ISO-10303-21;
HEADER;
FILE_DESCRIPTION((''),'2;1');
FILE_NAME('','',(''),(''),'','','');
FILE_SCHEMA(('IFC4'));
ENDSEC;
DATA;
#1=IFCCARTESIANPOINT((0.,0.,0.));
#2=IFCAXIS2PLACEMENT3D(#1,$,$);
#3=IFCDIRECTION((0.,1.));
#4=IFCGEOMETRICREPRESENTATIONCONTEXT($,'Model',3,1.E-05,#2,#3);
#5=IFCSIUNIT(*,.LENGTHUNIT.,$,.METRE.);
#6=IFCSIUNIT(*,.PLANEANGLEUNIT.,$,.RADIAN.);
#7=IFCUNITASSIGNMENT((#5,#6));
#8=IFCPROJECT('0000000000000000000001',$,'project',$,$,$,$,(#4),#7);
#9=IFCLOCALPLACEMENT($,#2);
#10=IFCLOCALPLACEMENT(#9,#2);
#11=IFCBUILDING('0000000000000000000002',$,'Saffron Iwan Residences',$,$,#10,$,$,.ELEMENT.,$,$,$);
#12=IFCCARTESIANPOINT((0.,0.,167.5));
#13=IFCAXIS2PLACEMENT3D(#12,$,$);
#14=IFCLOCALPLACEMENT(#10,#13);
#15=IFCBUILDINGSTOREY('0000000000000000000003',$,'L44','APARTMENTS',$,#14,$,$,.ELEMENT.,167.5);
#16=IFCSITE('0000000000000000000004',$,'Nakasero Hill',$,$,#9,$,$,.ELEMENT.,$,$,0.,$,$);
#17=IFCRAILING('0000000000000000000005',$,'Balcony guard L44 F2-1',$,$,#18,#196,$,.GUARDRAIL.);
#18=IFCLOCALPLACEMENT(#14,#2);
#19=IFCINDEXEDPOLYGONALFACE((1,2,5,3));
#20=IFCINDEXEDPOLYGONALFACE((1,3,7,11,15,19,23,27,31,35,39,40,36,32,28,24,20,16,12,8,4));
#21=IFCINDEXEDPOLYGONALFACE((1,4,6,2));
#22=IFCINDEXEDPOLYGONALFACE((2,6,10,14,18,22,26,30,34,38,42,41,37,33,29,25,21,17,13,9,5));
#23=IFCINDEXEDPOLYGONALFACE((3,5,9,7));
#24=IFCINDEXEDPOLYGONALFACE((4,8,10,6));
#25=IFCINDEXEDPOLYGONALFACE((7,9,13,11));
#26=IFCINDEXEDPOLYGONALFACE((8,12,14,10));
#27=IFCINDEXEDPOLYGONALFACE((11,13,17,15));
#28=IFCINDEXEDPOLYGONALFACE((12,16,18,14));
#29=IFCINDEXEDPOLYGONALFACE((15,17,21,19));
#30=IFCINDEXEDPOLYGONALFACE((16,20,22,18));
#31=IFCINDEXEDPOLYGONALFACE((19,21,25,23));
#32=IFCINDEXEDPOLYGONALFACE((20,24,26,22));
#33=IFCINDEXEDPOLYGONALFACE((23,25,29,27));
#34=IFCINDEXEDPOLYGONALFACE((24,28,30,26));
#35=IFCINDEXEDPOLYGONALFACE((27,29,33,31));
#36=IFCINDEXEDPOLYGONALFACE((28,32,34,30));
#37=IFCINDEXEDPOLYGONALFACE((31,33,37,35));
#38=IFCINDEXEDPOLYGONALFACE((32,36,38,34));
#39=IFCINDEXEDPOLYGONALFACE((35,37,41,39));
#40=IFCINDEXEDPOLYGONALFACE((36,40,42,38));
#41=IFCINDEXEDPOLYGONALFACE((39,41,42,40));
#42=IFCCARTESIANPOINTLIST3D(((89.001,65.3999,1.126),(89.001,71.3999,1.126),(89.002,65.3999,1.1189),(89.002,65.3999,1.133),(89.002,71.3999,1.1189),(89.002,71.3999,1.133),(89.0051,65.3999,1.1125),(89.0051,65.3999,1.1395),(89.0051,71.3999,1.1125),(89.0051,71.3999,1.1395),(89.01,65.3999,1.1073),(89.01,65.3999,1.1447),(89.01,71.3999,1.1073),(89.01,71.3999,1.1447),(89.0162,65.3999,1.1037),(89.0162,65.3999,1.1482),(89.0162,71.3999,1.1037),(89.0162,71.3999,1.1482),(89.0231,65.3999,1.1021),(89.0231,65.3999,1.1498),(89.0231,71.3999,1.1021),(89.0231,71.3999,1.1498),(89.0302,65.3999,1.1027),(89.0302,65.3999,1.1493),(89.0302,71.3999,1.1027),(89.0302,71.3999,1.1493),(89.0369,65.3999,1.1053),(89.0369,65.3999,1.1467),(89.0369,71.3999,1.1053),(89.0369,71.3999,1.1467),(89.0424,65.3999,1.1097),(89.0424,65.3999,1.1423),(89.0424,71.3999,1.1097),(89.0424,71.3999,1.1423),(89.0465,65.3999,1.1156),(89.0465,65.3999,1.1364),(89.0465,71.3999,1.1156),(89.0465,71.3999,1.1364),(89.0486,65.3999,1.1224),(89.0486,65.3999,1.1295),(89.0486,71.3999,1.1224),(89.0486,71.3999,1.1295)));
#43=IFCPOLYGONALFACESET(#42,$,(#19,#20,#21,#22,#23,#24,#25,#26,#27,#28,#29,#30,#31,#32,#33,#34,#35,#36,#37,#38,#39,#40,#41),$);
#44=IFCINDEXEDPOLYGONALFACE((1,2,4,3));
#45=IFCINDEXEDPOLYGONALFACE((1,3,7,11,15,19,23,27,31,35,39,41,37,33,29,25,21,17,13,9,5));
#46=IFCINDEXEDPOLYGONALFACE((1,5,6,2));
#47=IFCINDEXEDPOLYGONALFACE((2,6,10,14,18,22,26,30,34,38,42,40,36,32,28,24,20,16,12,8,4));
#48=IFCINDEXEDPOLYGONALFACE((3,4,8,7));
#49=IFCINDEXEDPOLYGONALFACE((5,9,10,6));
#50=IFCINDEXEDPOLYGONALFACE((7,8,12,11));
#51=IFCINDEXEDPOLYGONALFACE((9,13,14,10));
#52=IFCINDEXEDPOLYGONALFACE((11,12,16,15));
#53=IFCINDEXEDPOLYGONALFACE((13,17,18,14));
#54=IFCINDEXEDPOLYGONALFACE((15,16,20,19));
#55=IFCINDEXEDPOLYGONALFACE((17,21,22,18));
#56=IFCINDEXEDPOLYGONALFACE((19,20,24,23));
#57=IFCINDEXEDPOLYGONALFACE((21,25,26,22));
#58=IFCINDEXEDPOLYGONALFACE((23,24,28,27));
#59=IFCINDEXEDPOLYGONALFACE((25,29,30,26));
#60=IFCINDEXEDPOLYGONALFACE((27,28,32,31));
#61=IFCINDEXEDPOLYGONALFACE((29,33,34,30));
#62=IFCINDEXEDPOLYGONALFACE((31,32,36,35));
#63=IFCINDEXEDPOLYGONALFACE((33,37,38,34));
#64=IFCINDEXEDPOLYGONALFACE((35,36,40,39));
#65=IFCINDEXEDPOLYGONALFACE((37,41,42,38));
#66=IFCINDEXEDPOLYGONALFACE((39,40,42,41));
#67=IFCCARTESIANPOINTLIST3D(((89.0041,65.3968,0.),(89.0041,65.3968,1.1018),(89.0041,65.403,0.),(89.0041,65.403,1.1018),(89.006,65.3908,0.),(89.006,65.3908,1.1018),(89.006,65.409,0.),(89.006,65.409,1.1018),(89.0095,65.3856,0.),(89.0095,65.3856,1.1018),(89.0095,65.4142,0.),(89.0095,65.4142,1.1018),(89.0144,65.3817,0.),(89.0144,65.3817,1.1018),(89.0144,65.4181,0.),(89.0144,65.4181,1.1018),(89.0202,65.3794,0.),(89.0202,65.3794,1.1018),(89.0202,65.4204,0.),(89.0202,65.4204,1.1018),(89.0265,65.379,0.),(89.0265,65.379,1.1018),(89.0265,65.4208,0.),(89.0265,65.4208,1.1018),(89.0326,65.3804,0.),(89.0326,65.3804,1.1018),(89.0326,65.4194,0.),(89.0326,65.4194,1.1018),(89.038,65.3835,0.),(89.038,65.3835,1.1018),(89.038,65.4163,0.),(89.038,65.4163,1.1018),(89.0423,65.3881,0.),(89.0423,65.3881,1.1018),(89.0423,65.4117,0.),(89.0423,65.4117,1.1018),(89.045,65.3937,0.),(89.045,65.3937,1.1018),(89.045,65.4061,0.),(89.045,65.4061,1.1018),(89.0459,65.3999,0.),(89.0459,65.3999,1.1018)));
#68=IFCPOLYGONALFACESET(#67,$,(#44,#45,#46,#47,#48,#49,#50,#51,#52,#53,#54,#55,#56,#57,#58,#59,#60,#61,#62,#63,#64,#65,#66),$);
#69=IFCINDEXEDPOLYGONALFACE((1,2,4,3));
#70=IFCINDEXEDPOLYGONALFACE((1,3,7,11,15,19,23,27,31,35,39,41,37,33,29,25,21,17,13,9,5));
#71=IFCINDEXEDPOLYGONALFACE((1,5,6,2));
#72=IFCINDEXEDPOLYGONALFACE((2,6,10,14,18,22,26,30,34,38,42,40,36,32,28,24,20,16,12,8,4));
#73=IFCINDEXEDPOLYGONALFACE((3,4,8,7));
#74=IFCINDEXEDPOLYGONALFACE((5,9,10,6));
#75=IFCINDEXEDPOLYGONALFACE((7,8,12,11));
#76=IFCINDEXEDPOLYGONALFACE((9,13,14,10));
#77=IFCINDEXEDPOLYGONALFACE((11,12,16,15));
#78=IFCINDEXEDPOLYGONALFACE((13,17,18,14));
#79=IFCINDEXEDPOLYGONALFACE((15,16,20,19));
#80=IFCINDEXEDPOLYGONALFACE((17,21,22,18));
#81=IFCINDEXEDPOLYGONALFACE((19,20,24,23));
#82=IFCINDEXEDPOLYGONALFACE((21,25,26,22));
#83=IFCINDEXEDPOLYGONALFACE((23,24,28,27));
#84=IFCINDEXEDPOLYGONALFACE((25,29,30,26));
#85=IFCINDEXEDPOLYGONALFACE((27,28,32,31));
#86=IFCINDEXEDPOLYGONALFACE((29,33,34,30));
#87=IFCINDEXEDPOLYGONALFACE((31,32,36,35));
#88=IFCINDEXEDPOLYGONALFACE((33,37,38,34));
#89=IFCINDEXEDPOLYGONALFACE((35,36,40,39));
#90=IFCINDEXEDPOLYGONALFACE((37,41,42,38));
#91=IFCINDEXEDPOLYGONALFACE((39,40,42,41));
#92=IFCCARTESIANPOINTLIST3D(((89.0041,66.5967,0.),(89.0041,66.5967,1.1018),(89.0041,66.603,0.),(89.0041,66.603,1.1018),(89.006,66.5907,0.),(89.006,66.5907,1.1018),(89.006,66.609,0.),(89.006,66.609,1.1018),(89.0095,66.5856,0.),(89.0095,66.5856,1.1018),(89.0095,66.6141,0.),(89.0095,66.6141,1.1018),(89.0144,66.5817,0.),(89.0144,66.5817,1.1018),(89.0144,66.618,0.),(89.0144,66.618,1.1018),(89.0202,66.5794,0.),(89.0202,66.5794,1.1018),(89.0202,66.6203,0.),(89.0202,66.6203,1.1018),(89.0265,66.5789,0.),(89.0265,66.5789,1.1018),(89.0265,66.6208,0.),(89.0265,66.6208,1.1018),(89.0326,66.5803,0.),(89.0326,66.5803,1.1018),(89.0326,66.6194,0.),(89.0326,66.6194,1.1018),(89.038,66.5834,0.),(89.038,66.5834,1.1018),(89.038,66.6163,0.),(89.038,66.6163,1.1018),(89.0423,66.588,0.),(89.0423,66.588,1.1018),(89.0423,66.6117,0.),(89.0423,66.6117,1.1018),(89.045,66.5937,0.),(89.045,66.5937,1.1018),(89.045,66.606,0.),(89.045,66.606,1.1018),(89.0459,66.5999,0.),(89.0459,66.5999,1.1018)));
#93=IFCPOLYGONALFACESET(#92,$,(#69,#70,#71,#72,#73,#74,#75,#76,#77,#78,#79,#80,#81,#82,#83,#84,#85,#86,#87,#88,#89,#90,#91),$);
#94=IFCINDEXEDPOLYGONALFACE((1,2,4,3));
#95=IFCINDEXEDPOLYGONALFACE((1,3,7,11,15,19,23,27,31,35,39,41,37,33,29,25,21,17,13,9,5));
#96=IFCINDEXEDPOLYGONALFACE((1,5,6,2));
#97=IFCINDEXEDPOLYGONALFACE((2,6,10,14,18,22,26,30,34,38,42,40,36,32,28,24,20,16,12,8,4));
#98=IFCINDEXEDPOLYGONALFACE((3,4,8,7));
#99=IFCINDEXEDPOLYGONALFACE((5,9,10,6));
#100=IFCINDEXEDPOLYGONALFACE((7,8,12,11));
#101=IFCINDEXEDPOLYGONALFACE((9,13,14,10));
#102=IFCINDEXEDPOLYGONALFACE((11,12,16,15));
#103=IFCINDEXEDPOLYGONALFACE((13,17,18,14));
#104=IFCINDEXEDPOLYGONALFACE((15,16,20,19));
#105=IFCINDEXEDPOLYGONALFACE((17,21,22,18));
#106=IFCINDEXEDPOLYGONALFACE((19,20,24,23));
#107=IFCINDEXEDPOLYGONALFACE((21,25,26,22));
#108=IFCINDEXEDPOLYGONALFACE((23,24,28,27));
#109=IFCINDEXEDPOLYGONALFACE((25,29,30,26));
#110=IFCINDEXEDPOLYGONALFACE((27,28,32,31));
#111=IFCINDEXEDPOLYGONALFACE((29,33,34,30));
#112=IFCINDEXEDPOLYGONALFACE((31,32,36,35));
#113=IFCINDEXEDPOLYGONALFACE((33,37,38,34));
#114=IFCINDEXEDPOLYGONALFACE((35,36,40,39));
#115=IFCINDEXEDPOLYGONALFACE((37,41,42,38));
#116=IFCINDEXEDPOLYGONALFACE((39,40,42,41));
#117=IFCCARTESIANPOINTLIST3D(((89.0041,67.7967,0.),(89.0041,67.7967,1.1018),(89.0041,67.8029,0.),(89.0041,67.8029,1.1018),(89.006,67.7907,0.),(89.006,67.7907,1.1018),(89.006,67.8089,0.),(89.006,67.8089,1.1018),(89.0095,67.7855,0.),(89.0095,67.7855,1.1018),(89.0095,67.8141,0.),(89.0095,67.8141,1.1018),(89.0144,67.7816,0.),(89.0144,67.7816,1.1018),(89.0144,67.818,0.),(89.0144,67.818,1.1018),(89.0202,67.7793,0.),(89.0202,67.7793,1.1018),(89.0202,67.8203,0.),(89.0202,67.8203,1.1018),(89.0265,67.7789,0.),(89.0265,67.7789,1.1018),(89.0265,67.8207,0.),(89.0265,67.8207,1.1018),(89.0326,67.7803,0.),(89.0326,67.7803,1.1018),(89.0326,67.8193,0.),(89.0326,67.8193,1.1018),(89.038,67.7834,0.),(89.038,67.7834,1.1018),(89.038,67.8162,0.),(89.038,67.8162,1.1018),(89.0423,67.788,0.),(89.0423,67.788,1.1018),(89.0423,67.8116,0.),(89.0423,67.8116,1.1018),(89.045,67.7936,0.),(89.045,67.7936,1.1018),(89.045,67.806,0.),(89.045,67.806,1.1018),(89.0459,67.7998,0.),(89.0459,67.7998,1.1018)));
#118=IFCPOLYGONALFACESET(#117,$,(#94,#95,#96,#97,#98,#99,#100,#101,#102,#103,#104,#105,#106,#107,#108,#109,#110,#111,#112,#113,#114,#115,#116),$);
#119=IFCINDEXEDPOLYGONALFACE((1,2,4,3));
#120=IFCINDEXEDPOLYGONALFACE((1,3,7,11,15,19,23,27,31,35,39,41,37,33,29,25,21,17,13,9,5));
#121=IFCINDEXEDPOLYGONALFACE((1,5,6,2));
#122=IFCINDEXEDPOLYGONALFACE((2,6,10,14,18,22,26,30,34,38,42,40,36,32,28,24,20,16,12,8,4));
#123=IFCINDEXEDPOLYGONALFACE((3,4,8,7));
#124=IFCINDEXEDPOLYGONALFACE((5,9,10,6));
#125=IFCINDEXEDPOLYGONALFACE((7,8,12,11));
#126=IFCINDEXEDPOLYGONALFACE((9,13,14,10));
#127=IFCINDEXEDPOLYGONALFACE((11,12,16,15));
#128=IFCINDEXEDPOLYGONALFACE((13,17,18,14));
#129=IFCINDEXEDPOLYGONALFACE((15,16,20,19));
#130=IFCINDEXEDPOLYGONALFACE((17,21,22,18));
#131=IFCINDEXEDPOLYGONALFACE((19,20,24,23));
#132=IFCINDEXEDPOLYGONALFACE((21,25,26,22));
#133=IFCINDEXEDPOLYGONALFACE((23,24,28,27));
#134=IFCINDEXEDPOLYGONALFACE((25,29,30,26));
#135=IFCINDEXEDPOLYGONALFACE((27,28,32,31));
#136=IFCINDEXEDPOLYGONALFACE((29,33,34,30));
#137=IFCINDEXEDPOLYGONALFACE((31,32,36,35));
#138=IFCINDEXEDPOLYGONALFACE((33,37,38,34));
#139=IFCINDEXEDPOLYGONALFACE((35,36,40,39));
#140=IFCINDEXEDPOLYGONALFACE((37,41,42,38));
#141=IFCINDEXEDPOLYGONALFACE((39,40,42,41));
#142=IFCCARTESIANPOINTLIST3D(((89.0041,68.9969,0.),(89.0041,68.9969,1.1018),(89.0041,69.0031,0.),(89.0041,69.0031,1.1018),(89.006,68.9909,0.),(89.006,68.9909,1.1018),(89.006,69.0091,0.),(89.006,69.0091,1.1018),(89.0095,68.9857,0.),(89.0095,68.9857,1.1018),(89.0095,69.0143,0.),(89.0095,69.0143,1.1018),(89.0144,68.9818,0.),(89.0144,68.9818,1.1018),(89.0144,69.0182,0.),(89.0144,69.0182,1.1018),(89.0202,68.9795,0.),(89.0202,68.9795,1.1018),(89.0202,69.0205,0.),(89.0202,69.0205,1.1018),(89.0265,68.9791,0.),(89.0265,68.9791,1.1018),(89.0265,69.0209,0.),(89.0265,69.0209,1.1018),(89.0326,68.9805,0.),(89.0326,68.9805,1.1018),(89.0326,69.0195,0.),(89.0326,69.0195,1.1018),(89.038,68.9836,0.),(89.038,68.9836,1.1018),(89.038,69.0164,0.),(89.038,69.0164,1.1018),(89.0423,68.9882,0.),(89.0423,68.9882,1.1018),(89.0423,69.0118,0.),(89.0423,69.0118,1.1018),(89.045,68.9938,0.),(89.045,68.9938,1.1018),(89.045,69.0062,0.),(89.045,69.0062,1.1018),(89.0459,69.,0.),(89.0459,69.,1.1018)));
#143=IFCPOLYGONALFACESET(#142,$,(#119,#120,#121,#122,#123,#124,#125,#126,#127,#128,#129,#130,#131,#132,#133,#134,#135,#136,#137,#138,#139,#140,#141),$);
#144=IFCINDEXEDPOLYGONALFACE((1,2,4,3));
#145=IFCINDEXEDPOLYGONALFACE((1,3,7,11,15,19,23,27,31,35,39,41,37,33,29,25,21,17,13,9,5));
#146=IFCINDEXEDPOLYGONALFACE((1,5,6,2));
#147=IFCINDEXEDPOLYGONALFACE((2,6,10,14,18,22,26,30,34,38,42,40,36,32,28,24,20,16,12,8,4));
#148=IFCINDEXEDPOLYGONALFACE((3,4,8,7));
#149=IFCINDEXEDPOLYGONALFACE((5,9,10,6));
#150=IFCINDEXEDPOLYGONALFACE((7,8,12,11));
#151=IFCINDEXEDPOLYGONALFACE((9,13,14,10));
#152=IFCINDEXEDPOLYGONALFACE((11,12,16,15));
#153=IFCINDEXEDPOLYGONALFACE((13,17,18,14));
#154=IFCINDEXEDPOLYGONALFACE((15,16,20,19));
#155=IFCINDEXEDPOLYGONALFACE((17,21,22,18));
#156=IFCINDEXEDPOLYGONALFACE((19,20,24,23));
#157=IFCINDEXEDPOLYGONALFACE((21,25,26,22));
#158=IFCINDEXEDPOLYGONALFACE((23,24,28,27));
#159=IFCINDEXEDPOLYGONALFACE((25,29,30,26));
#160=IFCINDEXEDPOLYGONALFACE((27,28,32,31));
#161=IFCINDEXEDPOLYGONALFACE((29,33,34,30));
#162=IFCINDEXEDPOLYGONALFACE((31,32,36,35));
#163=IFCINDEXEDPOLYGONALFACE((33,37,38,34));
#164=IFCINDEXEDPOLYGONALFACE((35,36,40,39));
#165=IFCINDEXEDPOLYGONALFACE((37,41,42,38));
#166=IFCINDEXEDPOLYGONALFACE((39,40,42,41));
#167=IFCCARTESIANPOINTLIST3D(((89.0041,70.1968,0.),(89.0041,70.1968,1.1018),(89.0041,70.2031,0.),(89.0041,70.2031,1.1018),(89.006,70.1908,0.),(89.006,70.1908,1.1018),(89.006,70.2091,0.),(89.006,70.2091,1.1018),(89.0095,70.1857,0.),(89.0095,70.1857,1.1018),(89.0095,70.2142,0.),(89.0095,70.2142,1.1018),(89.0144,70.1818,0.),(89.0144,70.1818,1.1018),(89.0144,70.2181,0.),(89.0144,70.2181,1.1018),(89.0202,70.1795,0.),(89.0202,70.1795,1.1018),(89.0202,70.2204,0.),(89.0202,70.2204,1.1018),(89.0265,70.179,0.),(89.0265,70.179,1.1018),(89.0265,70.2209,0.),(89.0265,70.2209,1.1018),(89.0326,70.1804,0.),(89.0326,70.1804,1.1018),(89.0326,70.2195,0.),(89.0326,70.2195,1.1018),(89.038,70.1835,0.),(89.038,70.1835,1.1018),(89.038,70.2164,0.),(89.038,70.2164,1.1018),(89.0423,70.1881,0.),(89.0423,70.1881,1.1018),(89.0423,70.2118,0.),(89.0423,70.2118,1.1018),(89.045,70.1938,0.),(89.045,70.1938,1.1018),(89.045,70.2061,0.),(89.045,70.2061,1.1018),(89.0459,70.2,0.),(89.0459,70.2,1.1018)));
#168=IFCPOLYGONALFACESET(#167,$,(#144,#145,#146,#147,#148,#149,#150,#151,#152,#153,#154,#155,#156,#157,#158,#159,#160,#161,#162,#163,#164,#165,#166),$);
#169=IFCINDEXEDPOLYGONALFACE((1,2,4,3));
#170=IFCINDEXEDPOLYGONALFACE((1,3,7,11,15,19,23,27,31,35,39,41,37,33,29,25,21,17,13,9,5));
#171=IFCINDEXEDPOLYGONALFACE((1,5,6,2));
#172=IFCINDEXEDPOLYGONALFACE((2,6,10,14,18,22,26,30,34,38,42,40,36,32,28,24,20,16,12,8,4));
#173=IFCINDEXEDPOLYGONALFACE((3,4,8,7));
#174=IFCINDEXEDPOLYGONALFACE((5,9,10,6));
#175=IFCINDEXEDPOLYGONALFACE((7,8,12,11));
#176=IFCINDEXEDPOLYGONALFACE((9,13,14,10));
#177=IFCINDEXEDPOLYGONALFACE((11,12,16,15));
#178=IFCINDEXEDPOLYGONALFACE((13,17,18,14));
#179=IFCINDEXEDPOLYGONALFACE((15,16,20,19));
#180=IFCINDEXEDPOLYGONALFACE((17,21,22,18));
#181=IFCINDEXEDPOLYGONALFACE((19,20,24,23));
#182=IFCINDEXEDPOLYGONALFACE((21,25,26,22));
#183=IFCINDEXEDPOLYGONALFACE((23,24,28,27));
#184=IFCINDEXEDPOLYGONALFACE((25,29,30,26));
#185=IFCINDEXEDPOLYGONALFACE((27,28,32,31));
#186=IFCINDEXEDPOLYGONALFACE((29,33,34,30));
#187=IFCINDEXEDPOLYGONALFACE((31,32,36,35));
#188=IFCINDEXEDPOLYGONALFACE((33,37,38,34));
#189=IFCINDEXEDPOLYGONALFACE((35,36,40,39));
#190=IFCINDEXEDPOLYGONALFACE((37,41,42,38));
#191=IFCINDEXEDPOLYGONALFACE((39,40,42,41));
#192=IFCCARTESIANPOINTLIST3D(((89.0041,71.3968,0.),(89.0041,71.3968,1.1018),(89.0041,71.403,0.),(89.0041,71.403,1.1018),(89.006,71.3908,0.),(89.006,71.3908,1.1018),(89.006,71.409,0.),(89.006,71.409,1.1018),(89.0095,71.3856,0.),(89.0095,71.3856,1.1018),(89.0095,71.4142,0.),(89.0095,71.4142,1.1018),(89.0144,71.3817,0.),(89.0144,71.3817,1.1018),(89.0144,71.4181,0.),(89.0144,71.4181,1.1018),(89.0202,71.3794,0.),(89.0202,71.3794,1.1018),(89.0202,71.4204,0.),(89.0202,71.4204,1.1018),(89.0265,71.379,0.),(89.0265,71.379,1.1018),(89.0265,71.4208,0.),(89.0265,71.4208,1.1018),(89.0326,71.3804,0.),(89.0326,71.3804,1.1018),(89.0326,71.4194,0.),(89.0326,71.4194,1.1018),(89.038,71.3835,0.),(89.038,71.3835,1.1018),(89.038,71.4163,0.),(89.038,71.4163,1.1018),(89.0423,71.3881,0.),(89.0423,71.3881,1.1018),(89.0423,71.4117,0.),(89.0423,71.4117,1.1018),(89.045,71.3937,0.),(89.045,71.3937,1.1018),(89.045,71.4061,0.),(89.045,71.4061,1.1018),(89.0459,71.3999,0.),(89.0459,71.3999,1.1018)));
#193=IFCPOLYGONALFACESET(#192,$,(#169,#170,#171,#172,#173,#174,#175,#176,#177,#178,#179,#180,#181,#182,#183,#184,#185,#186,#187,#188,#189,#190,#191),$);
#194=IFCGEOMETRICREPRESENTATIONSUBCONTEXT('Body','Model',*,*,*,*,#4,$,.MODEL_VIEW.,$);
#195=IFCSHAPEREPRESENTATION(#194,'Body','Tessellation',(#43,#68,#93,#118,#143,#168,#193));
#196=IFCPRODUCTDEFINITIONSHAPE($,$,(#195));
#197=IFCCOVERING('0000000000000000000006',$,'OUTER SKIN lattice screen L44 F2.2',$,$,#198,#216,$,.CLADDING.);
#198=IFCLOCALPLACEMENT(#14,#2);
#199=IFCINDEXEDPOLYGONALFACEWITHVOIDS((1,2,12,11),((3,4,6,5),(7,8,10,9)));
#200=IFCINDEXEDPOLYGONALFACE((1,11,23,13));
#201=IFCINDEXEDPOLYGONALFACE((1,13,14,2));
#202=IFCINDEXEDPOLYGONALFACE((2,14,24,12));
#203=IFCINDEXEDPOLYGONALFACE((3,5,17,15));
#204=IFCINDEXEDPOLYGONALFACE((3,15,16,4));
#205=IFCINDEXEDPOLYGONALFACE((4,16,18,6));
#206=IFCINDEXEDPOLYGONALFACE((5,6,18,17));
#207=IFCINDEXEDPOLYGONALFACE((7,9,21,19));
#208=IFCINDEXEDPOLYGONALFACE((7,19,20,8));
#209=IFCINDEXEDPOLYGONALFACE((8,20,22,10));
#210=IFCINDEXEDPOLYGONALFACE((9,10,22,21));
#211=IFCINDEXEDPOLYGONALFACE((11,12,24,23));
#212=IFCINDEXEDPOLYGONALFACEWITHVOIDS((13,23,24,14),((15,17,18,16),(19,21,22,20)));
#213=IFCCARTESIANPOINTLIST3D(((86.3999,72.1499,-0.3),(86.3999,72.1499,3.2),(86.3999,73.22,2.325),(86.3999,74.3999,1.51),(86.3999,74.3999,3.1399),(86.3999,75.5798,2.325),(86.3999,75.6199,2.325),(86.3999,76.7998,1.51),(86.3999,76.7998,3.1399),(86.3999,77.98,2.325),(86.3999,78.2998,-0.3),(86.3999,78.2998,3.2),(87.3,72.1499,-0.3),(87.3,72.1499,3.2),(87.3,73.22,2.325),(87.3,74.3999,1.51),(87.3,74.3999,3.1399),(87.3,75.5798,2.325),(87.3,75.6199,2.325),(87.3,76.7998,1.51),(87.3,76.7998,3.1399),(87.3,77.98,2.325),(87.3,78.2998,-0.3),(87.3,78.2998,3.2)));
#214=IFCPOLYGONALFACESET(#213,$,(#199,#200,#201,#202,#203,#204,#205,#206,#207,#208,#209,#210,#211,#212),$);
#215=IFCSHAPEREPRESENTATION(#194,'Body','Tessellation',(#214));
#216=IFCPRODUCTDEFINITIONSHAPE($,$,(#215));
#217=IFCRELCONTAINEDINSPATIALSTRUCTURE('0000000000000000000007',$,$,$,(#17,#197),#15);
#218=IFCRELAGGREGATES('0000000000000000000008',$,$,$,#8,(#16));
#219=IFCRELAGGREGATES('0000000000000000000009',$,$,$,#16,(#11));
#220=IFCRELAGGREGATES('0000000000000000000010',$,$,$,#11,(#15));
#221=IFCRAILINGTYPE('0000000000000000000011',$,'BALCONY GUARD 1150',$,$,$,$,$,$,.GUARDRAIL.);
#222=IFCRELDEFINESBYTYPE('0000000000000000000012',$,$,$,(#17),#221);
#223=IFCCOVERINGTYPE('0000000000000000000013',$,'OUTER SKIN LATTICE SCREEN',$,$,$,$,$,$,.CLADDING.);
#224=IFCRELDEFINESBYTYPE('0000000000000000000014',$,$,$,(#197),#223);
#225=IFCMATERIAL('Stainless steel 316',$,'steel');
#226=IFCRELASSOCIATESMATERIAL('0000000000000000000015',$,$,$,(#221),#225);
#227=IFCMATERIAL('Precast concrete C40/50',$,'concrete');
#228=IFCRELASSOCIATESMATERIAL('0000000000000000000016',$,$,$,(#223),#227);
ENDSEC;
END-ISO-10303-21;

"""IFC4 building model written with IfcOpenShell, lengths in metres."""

from ifc_helpers import new_model, si_unit, direction, frame, origin, origin_2d, place, context, subcontext, project, spatial, polyline, circle, outline, extrude, material, type_object, element, save


model = new_model("IFC4")

# Units and contexts
model_context = context("Model", 3, precision=1e-05, world=origin(), true_north=direction((0.0, 1.0)))
body_context = subcontext(model_context, "Body", "Model", "MODEL_VIEW")
ifc_project = project(units=[si_unit("LENGTHUNIT", "METRE"), si_unit("PLANEANGLEUNIT", "RADIAN")], contexts=[model_context])

# Site, building, storey
site_placement = place(None, origin())
site = spatial("IfcSite", under=ifc_project, at=site_placement, Name="Nakasero Hill", CompositionType="ELEMENT", RefElevation=0.0)
building_placement = place(site_placement, origin())
building = spatial("IfcBuilding", under=site, at=building_placement, Name="Saffron Iwan Residences", CompositionType="ELEMENT")
storey_placement = place(building_placement, frame((0.0, 0.0, 167.5)))
storey = spatial("IfcBuildingStorey", under=building, at=storey_placement, Name="L44", Description="APARTMENTS", CompositionType="ELEMENT", Elevation=167.5)

# Railing
ifc_material_1 = material(Name="Stainless steel 316", Category="steel")
railing_type = type_object("IfcRailingType", Name="BALCONY GUARD 1150", PredefinedType="GUARDRAIL", material=ifc_material_1)
railing_placement = place(storey_placement, frame((89.0249, 65.3999, 0.0)))
element("IfcRailing", 1, at=railing_placement, inside=storey, type_object=railing_type, Name="Balcony guard L44 F2-1", PredefinedType="GUARDRAIL", context=body_context, shape_type="SweptSolid", body=[
    extrude(circle(Radius=0.0239, at=origin_2d()), frame((0.0, 0.0, 1.126), z_axis=(0.0, 1.0, 0.0), x_axis=(-1.0, 0.0, 0.0)), (0.0, 0.0, 1.0), 6.0),
    extrude(circle(Radius=0.021, at=origin_2d()), origin(), (0.0, 0.0, 1.0), 1.1018),
    extrude(circle(Radius=0.021, at=origin_2d()), frame((0.0, 1.2, 0.0)), (0.0, 0.0, 1.0), 1.1018),
    extrude(circle(Radius=0.021, at=origin_2d()), frame((0.0, 2.3999, 0.0)), (0.0, 0.0, 1.0), 1.1018),
    extrude(circle(Radius=0.021, at=origin_2d()), frame((0.0, 3.6001, 0.0)), (0.0, 0.0, 1.0), 1.1018),
    extrude(circle(Radius=0.021, at=origin_2d()), frame((0.0, 4.8, 0.0)), (0.0, 0.0, 1.0), 1.1018),
    extrude(circle(Radius=0.021, at=origin_2d()), frame((0.0, 6.0, 0.0)), (0.0, 0.0, 1.0), 1.1018),
])

# Covering
ifc_material_2 = material(Name="Precast concrete C40/50", Category="concrete")
covering_type_1 = type_object("IfcCoveringType", Name="OUTER SKIN LATTICE SCREEN", PredefinedType="CLADDING", material=ifc_material_2)
covering_1_placement = place(storey_placement, frame((86.3999, 72.1499, -0.3), z_axis=(1.0, 0.0, 0.0), x_axis=(0.0, 1.0, 0.0)))
element("IfcCovering", 2, at=covering_1_placement, inside=storey, type_object=covering_type_1, Name="OUTER SKIN lattice screen L44 F2.2", PredefinedType="CLADDING", context=body_context, shape_type="SweptSolid", body=[
    extrude(outline(polyline([(0.0, 0.0), (6.1499, 0.0), (6.1499, 3.5), (0.0, 3.5), (0.0, 0.0)]), holes=[polyline([(1.0701, 2.625), (2.25, 1.8101), (3.4299, 2.625), (2.25, 3.4399), (1.0701, 2.625)]), polyline([(3.47, 2.625), (4.6499, 1.8101), (5.8301, 2.625), (4.6499, 3.4399), (3.47, 2.625)])]), origin(), (0.0, 0.0, 1.0), 0.9001),
])

save(model, "model.ifc")
